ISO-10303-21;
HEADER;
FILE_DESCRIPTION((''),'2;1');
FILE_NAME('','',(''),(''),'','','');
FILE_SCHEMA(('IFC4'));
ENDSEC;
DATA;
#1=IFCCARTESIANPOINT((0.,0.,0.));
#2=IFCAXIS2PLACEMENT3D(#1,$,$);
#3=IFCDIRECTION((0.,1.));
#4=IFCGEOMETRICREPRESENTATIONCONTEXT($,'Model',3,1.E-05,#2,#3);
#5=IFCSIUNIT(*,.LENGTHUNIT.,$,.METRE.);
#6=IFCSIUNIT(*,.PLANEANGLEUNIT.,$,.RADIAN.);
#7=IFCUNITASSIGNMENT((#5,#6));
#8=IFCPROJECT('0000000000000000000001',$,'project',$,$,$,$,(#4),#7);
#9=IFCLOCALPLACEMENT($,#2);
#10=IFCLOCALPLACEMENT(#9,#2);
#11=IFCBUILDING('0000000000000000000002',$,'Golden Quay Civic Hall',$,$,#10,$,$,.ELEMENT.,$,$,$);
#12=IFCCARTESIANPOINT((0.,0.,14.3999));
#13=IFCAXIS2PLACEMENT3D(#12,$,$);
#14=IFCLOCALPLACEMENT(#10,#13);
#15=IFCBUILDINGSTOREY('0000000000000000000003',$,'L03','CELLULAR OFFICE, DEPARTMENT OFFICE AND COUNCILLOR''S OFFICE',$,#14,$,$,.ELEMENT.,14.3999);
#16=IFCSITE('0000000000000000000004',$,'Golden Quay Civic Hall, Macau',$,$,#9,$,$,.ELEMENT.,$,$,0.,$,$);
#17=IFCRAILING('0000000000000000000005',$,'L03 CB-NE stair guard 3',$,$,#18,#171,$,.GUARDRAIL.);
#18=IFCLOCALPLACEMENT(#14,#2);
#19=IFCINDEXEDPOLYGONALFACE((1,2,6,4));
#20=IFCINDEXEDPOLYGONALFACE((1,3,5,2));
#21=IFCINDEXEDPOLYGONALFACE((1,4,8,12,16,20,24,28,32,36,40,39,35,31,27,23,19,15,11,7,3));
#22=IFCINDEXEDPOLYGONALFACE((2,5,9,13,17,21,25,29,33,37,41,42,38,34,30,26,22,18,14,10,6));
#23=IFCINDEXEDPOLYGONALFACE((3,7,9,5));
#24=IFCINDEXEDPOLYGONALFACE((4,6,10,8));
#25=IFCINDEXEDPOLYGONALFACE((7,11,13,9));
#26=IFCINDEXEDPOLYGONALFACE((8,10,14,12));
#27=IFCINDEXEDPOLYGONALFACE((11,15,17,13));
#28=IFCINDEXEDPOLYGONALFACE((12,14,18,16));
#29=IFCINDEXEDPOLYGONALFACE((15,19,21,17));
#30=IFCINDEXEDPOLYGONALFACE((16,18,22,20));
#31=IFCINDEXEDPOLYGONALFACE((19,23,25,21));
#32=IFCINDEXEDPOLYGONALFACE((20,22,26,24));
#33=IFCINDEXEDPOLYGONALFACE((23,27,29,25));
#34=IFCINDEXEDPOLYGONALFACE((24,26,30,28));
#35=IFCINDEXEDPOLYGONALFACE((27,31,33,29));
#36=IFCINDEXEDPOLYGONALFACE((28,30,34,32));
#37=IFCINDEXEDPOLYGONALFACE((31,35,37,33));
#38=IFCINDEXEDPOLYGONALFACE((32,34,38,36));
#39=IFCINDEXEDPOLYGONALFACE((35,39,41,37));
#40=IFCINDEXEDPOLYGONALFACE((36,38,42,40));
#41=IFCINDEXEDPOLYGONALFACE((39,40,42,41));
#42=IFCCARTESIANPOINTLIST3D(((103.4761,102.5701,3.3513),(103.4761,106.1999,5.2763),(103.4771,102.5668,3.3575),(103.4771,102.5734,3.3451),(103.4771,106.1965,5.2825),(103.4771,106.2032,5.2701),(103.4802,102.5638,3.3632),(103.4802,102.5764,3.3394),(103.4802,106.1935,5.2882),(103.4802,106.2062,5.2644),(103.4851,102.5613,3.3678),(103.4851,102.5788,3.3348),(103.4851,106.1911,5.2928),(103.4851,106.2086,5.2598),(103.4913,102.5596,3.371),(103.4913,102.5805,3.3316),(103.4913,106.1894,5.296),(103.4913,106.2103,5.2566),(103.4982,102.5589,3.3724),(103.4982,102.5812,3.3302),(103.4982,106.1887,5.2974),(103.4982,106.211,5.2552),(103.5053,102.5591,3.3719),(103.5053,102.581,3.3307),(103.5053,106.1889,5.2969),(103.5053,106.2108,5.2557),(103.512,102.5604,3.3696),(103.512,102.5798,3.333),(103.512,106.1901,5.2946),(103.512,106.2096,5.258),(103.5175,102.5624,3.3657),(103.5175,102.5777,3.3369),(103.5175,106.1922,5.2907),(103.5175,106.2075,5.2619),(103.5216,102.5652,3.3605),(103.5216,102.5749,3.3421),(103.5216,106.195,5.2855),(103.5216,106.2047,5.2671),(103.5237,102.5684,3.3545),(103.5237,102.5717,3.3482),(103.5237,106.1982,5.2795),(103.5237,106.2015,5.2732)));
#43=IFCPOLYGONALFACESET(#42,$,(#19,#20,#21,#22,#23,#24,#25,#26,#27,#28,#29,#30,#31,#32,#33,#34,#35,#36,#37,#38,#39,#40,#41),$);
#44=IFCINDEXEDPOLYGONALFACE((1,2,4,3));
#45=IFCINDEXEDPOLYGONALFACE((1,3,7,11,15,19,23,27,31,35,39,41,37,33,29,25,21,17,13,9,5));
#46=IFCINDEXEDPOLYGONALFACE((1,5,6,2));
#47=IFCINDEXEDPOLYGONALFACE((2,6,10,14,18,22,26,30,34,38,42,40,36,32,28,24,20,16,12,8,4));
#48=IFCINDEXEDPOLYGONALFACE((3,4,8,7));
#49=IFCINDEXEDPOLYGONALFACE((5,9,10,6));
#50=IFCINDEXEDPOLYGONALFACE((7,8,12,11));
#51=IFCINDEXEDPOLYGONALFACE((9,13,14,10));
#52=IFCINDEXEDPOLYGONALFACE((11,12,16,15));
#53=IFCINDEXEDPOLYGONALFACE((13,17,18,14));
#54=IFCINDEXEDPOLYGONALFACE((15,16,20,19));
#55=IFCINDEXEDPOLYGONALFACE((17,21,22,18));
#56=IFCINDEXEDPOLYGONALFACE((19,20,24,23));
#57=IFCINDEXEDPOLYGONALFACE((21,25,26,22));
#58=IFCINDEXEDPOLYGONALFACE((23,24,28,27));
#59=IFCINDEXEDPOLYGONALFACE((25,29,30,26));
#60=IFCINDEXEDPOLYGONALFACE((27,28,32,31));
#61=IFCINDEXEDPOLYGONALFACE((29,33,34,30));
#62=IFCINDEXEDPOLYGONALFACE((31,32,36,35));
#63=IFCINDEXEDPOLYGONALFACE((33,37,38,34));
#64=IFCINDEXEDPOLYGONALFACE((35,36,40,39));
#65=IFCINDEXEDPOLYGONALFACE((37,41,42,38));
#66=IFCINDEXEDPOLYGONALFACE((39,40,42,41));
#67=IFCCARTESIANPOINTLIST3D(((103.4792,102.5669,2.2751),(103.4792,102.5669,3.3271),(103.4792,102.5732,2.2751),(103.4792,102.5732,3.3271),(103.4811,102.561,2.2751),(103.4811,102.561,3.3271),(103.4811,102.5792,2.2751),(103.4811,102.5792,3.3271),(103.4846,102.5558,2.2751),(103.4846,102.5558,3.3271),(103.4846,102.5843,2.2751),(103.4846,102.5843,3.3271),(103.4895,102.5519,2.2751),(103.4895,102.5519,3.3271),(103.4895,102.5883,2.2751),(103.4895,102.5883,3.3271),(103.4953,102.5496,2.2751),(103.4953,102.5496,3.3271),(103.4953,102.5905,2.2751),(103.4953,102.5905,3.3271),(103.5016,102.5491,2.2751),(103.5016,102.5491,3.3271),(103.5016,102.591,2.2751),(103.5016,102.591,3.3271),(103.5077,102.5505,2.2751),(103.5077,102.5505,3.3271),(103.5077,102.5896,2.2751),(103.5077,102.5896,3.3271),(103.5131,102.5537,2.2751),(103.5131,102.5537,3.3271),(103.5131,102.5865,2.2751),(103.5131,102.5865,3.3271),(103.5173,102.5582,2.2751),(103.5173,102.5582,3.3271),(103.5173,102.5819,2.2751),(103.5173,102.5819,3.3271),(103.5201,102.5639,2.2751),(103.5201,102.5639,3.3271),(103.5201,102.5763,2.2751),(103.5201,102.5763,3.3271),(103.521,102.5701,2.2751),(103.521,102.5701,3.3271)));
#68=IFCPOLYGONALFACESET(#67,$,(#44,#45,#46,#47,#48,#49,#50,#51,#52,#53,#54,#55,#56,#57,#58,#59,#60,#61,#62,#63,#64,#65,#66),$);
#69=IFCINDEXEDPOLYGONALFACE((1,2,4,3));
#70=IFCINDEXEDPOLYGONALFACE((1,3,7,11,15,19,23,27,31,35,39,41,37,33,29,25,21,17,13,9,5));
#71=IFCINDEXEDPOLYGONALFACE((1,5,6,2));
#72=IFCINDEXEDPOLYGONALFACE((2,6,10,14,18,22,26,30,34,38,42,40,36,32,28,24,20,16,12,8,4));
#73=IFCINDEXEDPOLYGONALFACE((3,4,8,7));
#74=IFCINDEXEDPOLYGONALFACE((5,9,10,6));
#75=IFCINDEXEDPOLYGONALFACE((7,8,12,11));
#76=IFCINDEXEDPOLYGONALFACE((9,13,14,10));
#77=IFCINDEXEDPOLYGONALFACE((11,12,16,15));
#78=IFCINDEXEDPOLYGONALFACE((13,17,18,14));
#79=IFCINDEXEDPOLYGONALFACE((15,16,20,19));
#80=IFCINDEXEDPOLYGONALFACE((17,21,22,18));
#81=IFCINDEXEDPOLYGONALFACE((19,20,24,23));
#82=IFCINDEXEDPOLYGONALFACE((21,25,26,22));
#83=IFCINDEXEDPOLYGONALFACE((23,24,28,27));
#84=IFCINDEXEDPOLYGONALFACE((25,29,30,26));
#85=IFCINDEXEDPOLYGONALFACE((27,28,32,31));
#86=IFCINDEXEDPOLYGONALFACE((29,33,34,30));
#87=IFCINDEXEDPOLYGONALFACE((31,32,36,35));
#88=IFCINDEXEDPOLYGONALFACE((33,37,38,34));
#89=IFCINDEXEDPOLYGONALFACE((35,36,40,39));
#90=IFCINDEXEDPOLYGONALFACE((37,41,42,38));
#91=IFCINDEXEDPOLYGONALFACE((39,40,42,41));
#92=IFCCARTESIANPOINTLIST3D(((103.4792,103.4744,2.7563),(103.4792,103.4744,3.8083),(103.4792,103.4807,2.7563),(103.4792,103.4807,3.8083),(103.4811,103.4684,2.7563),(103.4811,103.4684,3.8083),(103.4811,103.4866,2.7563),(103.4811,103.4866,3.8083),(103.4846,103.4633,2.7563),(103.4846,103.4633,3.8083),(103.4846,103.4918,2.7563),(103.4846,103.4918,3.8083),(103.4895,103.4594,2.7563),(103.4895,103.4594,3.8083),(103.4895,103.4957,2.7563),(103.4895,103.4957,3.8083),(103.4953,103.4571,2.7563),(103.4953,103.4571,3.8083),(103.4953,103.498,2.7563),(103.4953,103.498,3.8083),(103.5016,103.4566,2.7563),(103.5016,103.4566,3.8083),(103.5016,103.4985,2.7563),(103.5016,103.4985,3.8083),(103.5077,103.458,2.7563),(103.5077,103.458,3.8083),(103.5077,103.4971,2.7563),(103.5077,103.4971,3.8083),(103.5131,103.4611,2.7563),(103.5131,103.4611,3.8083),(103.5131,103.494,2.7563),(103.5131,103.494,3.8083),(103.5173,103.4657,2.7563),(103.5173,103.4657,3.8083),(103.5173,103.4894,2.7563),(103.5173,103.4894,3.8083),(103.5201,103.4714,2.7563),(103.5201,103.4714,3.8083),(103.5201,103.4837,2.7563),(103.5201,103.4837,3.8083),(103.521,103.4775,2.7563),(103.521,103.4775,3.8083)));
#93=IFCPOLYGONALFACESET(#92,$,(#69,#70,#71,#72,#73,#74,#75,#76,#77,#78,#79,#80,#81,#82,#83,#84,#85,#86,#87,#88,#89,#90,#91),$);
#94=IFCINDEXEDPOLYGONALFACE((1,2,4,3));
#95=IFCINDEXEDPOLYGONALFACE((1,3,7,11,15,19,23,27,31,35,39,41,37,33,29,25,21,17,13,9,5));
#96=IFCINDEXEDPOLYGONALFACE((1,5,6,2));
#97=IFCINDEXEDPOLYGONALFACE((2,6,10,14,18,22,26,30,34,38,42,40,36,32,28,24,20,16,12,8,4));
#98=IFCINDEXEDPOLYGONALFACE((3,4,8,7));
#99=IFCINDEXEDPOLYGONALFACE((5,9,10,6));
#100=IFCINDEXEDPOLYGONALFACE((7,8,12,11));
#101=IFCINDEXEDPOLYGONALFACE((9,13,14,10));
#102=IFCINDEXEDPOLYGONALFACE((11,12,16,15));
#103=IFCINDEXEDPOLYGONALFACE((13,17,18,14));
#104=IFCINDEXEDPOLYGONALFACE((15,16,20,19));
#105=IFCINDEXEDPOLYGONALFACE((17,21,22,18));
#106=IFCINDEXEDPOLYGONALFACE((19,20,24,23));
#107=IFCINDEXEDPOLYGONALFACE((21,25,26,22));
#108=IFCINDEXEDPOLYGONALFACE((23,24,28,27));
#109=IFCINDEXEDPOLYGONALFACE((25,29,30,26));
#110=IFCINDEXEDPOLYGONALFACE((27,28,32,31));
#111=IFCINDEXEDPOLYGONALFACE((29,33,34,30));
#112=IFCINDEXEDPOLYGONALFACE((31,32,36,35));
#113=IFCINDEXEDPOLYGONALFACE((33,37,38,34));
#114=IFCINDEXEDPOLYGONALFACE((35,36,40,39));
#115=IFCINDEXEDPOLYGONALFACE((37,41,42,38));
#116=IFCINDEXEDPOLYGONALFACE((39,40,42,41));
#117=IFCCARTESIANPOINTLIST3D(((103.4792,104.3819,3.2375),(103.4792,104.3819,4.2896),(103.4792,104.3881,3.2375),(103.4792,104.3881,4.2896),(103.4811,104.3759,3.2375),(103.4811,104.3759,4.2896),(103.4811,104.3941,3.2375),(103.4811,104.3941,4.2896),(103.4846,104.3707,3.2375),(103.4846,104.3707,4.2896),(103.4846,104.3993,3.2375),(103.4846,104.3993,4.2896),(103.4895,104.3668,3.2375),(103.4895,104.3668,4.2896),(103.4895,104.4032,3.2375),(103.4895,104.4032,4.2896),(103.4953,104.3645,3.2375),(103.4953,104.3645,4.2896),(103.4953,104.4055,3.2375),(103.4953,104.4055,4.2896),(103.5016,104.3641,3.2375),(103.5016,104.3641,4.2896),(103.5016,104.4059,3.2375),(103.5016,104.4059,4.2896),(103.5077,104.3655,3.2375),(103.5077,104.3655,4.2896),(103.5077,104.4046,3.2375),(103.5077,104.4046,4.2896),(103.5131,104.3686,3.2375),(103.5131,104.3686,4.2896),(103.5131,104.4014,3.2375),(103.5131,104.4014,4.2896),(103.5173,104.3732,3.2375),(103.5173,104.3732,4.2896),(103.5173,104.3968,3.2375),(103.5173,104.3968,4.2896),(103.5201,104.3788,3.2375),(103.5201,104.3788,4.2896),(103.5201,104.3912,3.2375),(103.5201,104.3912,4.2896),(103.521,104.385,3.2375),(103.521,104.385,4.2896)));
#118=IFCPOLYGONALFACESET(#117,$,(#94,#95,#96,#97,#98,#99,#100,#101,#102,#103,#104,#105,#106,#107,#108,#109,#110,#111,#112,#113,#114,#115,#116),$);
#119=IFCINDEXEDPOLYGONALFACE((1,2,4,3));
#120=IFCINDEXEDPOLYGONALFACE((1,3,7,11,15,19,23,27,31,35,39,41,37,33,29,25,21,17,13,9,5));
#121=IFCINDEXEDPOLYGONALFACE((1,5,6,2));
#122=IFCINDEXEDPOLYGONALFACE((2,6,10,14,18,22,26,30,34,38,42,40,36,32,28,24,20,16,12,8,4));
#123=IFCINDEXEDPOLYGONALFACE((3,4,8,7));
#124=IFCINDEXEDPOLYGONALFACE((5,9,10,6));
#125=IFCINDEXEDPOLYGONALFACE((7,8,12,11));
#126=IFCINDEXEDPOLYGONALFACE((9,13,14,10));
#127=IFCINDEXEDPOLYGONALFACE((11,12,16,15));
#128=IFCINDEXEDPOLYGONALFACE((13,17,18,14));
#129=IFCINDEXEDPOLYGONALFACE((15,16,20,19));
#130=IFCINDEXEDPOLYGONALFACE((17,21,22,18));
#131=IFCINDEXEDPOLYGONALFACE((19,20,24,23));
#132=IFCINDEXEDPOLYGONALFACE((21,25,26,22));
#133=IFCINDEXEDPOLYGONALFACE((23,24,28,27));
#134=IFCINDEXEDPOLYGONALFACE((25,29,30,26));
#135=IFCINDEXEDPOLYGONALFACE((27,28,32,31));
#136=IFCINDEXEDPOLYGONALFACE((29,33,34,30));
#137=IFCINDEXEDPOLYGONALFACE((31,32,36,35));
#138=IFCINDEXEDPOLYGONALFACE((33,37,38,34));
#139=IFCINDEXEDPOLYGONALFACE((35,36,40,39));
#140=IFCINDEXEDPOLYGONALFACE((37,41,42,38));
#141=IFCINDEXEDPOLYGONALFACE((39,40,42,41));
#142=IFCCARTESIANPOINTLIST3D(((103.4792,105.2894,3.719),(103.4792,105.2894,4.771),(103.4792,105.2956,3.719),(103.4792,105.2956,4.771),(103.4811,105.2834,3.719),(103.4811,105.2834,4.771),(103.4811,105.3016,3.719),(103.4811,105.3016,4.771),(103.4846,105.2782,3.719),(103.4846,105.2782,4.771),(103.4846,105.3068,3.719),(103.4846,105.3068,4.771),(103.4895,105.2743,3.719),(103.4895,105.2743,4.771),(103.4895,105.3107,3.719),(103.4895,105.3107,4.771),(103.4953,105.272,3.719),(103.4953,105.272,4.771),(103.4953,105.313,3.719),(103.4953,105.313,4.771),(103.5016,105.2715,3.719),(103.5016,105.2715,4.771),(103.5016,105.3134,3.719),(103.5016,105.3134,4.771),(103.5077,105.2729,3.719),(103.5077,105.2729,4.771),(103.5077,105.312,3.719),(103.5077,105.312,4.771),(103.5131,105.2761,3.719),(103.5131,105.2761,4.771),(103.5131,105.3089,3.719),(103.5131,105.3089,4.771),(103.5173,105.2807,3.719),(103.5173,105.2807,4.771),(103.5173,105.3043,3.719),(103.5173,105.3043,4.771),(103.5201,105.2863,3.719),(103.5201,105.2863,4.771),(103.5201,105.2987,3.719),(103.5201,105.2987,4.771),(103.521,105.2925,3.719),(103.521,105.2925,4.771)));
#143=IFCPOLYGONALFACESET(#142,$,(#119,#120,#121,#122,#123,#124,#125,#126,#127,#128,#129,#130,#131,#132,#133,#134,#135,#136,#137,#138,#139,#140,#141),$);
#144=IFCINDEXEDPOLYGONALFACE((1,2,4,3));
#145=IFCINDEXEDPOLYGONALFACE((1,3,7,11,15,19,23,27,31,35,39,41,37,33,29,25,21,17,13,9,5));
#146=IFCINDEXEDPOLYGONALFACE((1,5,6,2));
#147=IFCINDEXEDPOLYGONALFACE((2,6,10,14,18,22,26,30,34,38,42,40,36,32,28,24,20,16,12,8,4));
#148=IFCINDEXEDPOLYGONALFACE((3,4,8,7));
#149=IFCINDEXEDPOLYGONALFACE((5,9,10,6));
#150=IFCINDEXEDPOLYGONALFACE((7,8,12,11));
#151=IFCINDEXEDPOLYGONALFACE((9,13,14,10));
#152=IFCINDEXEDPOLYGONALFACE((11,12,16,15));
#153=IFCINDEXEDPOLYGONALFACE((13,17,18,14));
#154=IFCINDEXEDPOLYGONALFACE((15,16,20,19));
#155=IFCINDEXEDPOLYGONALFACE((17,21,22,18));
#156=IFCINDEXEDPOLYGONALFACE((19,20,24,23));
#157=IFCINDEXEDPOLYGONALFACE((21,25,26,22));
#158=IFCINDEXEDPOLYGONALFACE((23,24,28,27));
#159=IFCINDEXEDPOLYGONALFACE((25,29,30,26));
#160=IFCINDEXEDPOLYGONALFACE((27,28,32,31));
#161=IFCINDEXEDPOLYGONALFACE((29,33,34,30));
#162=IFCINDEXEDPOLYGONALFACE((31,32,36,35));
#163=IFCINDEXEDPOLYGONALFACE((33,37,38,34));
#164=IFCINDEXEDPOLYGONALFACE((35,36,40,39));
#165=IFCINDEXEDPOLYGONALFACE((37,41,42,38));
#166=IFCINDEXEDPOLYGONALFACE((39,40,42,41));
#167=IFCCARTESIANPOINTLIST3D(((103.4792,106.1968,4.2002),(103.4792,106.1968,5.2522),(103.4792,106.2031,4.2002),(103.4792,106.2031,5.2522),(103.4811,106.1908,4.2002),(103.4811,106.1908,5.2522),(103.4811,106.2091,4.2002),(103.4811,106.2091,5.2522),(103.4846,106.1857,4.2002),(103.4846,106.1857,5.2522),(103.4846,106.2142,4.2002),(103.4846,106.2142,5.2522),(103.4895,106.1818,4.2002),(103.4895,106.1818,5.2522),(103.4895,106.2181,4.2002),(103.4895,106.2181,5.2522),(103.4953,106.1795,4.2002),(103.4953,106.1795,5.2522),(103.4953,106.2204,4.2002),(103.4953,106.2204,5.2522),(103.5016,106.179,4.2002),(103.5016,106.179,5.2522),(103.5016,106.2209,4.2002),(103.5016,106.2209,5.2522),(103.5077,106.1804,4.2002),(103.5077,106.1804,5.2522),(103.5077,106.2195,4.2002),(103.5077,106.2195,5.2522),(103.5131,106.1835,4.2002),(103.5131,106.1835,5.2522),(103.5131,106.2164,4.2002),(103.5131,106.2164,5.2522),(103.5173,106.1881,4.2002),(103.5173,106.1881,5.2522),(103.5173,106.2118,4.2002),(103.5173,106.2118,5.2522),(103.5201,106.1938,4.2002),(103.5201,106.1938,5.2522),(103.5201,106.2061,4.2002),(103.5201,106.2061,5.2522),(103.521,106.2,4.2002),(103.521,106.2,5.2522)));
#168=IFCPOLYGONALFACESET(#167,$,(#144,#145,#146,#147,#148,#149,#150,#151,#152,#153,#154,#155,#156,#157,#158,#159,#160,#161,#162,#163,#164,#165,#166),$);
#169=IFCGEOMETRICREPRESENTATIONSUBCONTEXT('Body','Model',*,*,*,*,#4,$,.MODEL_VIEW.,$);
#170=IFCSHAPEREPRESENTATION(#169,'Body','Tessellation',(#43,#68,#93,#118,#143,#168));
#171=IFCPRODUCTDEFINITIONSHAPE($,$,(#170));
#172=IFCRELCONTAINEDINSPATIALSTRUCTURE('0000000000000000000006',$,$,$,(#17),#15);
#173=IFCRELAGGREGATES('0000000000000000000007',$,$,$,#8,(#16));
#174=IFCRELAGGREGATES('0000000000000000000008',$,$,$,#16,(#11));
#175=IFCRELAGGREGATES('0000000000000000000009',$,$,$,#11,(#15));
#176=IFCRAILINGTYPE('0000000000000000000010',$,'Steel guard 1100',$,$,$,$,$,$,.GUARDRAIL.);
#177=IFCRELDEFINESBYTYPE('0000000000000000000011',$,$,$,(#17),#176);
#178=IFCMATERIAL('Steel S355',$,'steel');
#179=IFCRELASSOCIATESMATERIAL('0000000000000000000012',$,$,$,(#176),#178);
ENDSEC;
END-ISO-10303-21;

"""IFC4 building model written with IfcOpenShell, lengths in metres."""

from ifc_helpers import new_model, si_unit, direction, frame, origin, origin_2d, place, context, subcontext, project, spatial, circle, extrude, material, type_object, element, save


model = new_model("IFC4")

# Units and contexts
model_context = context("Model", 3, precision=1e-05, world=origin(), true_north=direction((0.0, 1.0)))
body_context = subcontext(model_context, "Body", "Model", "MODEL_VIEW")
ifc_project = project(units=[si_unit("LENGTHUNIT", "METRE"), si_unit("PLANEANGLEUNIT", "RADIAN")], contexts=[model_context])

# Site, building, storey
site_placement = place(None, origin())
site = spatial("IfcSite", under=ifc_project, at=site_placement, Name="Golden Quay Civic Hall, Macau", CompositionType="ELEMENT", RefElevation=0.0)
building_placement = place(site_placement, origin())
building = spatial("IfcBuilding", under=site, at=building_placement, Name="Golden Quay Civic Hall", CompositionType="ELEMENT")
storey_placement = place(building_placement, frame((0.0, 0.0, 14.3999)))
storey = spatial("IfcBuildingStorey", under=building, at=storey_placement, Name="L03", Description="CELLULAR OFFICE, DEPARTMENT OFFICE AND COUNCILLOR'S OFFICE", CompositionType="ELEMENT", Elevation=14.3999)

# Railing
ifc_material_1 = material(Name="Steel S355", Category="steel")
railing_type_1 = type_object("IfcRailingType", Name="Steel guard 1100", PredefinedType="GUARDRAIL", material=ifc_material_1)
railing_1_placement = place(storey_placement, frame((103.5, 102.5701, 2.2751)))
element("IfcRailing", 1, at=railing_1_placement, inside=storey, type_object=railing_type_1, Name="L03 CB-NE stair guard 3", PredefinedType="GUARDRAIL", context=body_context, shape_type="SweptSolid", body=[
    extrude(circle(Radius=0.0239, at=origin_2d()), frame((0.0, 0.0, 1.0762), z_axis=(0.0, 0.883451, 0.468524), x_axis=(-1.0, 0.0, 0.0)), (0.0, 0.0, 1.0), 4.1086),
    extrude(circle(Radius=0.021, at=origin_2d()), origin(), (0.0, 0.0, 1.0), 1.052),
    extrude(circle(Radius=0.021, at=origin_2d()), frame((0.0, 0.9075, 0.4812)), (0.0, 0.0, 1.0), 1.052),
    extrude(circle(Radius=0.021, at=origin_2d()), frame((0.0, 1.8149, 0.9624)), (0.0, 0.0, 1.0), 1.052),
    extrude(circle(Radius=0.021, at=origin_2d()), frame((0.0, 2.7224, 1.4438)), (0.0, 0.0, 1.0), 1.052),
    extrude(circle(Radius=0.021, at=origin_2d()), frame((0.0, 3.6299, 1.925)), (0.0, 0.0, 1.0), 1.052),
])

save(model, "model.ifc")
